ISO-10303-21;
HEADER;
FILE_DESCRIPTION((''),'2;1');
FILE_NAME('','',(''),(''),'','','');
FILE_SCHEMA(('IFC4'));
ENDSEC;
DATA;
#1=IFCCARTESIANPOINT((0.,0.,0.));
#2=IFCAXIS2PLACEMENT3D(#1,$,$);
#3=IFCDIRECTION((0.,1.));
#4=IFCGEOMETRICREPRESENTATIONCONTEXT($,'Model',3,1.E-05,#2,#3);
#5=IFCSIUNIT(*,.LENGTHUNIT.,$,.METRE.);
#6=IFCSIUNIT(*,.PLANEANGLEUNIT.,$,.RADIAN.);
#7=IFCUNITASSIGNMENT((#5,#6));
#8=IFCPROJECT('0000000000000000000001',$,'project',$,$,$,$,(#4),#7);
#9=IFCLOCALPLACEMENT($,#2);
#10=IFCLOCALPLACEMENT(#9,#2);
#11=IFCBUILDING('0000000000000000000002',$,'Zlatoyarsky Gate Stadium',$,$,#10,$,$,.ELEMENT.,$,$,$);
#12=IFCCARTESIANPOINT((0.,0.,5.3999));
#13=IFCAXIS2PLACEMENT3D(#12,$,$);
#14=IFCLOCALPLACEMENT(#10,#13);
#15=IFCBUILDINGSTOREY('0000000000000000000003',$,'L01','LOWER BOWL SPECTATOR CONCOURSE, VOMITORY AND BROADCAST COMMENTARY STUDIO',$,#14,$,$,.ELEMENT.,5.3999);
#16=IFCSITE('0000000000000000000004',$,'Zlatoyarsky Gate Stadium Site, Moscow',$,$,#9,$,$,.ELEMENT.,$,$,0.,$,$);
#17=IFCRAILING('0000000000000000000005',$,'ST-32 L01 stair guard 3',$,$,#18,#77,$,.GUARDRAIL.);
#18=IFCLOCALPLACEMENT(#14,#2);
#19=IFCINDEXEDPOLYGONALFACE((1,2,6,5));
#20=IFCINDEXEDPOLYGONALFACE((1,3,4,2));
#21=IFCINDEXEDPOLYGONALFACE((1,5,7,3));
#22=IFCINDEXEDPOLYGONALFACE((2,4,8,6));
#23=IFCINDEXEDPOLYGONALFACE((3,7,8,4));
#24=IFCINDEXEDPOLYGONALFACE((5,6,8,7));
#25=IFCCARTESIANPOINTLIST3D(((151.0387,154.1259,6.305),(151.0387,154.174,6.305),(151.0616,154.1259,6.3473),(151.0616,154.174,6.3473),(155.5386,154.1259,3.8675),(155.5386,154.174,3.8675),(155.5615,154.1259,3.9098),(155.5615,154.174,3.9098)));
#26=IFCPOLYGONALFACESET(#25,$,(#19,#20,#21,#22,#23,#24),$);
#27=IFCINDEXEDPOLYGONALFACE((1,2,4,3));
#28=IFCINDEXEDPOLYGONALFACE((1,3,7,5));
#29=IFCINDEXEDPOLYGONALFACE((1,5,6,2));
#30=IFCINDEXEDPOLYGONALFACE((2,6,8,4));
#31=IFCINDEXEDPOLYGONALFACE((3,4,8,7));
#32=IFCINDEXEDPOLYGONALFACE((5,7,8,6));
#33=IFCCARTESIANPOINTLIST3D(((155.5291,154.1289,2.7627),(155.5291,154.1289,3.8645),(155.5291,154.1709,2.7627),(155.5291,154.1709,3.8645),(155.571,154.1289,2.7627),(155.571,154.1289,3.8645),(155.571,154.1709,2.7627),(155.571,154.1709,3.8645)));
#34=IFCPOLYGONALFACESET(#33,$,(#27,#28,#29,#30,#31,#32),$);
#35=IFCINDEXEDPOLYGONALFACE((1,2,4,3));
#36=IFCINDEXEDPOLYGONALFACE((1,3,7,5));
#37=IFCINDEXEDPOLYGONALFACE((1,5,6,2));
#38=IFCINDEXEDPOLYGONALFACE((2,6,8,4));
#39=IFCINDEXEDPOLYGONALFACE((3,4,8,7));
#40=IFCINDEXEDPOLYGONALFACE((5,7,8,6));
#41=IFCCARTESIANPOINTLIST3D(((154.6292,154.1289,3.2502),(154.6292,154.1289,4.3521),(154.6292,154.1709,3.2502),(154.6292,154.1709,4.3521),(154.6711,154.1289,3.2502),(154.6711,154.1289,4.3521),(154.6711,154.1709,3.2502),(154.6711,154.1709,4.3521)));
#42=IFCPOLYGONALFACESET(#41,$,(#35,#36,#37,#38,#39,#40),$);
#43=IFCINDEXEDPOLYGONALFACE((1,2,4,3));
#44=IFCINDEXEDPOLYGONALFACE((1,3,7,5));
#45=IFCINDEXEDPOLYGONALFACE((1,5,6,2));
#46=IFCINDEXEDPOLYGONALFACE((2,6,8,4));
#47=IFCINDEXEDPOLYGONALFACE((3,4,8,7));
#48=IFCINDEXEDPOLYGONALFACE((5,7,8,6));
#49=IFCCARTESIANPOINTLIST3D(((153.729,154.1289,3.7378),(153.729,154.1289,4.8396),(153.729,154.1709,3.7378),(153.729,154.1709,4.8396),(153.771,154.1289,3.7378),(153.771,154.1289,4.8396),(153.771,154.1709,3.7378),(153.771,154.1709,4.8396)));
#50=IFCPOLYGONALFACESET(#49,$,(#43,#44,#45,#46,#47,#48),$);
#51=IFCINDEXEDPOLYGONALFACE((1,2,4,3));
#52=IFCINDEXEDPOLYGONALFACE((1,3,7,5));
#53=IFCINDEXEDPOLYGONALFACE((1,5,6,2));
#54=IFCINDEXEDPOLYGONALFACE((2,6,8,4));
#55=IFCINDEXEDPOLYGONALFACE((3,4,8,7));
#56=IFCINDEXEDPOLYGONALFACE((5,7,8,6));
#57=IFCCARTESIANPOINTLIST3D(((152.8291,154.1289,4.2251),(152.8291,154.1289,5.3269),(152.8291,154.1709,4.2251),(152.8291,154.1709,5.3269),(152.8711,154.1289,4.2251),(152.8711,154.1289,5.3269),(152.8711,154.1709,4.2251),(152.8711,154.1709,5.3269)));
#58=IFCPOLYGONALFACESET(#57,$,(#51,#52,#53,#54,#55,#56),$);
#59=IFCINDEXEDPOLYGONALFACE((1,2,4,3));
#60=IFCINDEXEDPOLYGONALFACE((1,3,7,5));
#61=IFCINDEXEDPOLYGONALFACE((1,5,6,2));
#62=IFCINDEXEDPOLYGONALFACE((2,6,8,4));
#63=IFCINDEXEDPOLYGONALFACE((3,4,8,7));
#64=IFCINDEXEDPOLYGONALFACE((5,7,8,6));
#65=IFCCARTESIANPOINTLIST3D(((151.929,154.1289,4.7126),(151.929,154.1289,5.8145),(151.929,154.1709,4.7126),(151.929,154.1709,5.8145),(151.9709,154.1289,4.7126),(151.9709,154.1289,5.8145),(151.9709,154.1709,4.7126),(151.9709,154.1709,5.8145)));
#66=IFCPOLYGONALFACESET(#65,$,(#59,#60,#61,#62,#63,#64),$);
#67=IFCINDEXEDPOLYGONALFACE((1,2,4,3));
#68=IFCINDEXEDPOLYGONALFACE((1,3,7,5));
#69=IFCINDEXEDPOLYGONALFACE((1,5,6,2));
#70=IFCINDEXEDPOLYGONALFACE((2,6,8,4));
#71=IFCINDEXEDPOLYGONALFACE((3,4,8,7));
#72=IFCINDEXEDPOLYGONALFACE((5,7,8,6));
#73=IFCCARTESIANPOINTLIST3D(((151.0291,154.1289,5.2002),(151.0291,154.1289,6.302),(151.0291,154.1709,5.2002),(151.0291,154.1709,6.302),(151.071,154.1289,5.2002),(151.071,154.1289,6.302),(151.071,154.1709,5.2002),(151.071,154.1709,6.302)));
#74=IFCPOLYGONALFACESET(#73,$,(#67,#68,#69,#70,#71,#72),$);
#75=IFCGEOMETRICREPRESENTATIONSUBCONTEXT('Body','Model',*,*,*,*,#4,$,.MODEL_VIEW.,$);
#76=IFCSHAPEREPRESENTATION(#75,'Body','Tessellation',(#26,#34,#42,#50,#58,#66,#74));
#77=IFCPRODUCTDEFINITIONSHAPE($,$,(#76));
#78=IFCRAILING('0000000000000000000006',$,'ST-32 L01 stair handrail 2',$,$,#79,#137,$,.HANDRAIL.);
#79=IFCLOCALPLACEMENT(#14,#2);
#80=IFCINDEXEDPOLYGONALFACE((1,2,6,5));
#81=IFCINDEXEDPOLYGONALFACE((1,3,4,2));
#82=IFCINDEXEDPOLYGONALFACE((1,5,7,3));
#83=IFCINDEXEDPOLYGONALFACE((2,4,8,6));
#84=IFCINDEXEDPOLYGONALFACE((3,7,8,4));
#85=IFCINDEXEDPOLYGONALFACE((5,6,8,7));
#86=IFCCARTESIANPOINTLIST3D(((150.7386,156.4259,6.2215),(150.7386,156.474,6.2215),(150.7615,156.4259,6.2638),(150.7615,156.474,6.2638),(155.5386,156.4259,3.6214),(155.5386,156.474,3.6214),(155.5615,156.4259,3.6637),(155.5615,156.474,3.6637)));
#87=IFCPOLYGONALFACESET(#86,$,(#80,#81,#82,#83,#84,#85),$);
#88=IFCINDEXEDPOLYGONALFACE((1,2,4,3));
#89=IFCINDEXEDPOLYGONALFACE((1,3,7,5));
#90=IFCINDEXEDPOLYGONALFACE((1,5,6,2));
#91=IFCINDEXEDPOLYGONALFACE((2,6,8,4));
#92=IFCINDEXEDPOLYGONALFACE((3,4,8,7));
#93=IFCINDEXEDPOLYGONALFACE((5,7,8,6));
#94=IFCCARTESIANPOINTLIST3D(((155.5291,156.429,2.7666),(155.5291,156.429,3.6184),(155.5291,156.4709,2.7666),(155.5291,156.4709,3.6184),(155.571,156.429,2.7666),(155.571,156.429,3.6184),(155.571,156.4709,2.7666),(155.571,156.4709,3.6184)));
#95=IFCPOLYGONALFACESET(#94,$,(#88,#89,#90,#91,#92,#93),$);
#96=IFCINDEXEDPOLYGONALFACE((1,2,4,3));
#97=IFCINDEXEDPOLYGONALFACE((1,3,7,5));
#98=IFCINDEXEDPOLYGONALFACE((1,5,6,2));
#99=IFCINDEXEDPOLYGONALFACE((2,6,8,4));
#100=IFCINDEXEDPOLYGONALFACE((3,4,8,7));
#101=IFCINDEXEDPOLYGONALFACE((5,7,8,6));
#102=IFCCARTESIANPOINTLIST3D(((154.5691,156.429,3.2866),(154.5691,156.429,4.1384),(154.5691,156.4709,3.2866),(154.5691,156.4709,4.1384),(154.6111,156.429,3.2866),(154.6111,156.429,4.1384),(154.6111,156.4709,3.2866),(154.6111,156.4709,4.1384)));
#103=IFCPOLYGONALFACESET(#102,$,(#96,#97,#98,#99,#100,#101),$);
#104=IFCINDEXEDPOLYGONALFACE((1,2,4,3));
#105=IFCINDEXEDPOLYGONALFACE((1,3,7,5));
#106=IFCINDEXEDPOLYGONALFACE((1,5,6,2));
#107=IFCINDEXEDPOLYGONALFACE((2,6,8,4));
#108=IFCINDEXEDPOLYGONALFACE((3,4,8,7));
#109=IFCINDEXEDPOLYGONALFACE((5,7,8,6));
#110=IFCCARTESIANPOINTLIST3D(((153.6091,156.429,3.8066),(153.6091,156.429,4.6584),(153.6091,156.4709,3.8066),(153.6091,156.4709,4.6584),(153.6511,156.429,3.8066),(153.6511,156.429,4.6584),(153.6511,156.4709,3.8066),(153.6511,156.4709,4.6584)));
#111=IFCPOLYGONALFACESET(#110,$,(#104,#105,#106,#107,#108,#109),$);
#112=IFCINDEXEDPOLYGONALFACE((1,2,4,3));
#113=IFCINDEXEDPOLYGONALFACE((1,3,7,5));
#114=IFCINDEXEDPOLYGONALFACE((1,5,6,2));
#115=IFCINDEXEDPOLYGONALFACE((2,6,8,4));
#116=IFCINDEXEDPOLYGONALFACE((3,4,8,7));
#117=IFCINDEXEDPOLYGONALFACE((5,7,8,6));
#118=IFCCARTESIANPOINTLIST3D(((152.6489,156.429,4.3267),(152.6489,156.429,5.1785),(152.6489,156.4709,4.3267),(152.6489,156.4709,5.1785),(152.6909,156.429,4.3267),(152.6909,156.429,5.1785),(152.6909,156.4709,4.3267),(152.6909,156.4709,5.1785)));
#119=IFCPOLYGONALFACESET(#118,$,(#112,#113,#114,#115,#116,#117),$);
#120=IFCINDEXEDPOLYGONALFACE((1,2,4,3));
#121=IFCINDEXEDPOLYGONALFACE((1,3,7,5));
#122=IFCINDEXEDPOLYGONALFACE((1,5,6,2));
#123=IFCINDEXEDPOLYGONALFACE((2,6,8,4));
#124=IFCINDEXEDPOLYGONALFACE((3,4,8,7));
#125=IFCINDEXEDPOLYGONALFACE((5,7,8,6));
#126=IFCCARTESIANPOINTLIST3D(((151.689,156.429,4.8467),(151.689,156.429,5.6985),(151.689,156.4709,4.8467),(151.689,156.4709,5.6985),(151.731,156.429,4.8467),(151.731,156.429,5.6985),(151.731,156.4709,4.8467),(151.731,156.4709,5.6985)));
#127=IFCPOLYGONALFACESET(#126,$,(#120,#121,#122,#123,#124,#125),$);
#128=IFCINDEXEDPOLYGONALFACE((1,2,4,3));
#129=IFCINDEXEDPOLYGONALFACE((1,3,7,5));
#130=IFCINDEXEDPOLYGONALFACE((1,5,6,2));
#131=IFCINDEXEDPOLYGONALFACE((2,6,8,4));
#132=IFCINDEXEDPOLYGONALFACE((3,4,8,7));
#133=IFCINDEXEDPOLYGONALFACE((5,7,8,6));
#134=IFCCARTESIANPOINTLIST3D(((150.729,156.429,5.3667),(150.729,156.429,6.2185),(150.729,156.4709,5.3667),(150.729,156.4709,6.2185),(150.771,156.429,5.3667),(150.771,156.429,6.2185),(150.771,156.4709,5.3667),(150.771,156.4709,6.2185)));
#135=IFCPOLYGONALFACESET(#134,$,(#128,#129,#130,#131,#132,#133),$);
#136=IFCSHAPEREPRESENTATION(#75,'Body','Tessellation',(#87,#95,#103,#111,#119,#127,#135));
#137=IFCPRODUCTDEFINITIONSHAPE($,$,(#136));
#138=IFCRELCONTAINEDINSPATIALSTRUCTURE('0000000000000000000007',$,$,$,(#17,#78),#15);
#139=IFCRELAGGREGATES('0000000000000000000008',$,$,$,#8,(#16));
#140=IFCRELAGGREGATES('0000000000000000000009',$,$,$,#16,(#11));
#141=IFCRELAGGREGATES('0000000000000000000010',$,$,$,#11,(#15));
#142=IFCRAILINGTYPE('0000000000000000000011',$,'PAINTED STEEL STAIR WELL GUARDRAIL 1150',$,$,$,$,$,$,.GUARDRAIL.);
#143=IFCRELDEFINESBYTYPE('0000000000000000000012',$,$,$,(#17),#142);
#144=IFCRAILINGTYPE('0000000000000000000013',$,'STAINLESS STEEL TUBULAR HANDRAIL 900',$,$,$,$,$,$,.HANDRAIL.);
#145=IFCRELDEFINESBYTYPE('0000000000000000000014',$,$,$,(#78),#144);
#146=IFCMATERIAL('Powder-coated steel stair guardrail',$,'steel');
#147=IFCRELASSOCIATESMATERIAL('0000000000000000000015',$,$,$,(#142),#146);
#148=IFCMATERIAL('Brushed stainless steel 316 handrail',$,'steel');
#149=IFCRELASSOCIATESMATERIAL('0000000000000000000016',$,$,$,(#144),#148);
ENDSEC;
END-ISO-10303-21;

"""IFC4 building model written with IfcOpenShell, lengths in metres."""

from ifc_helpers import new_model, si_unit, direction, frame, origin, origin_2d, place, context, subcontext, project, spatial, rectangle, extrude, material, type_object, element, save


model = new_model("IFC4")

# Units and contexts
model_context = context("Model", 3, precision=1e-05, world=origin(), true_north=direction((0.0, 1.0)))
body_context = subcontext(model_context, "Body", "Model", "MODEL_VIEW")
ifc_project = project(units=[si_unit("LENGTHUNIT", "METRE"), si_unit("PLANEANGLEUNIT", "RADIAN")], contexts=[model_context])

# Site, building, storey
site_placement = place(None, origin())
site = spatial("IfcSite", under=ifc_project, at=site_placement, Name="Zlatoyarsky Gate Stadium Site, Moscow", CompositionType="ELEMENT", RefElevation=0.0)
building_placement = place(site_placement, origin())
building = spatial("IfcBuilding", under=site, at=building_placement, Name="Zlatoyarsky Gate Stadium", CompositionType="ELEMENT")
storey_placement = place(building_placement, frame((0.0, 0.0, 5.3999)))
storey = spatial("IfcBuildingStorey", under=building, at=storey_placement, Name="L01", Description="LOWER BOWL SPECTATOR CONCOURSE, VOMITORY AND BROADCAST COMMENTARY STUDIO", CompositionType="ELEMENT", Elevation=5.3999)

# Railings
ifc_material_1 = material(Name="Powder-coated steel stair guardrail", Category="steel")
railing_type_1 = type_object("IfcRailingType", Name="PAINTED STEEL STAIR WELL GUARDRAIL 1150", PredefinedType="GUARDRAIL", material=ifc_material_1)
railing_1_placement = place(storey_placement, frame((155.55, 154.1499, 2.7627)))
element("IfcRailing", 1, at=railing_1_placement, inside=storey, type_object=railing_type_1, Name="ST-32 L01 stair guard 3", PredefinedType="GUARDRAIL", context=body_context, shape_type="SweptSolid", body=[
    extrude(rectangle(XDim=0.0481, YDim=0.0481, at=origin_2d()), frame((0.0, 0.0, 1.126), z_axis=(-0.879292, 0.0, 0.476283), x_axis=(0.0, -1.0, 0.0)), (0.0, 0.0, 1.0), 5.1177),
    extrude(rectangle(XDim=0.042, YDim=0.042, at=origin_2d()), origin(), (0.0, 0.0, 1.0), 1.1018),
    extrude(rectangle(XDim=0.042, YDim=0.042, at=origin_2d()), frame((-0.8999, 0.0, 0.4875)), (0.0, 0.0, 1.0), 1.1018),
    extrude(rectangle(XDim=0.042, YDim=0.042, at=origin_2d()), frame((-1.8, 0.0, 0.9751)), (0.0, 0.0, 1.0), 1.1018),
    extrude(rectangle(XDim=0.042, YDim=0.042, at=origin_2d()), frame((-2.7, 0.0, 1.4624)), (0.0, 0.0, 1.0), 1.1018),
    extrude(rectangle(XDim=0.042, YDim=0.042, at=origin_2d()), frame((-3.6001, 0.0, 1.95)), (0.0, 0.0, 1.0), 1.1018),
    extrude(rectangle(XDim=0.042, YDim=0.042, at=origin_2d()), frame((-4.5, 0.0, 2.4375)), (0.0, 0.0, 1.0), 1.1018),
])
ifc_material_2 = material(Name="Brushed stainless steel 316 handrail", Category="steel")
railing_type_2 = type_object("IfcRailingType", Name="STAINLESS STEEL TUBULAR HANDRAIL 900", PredefinedType="HANDRAIL", material=ifc_material_2)
railing_2_placement = place(storey_placement, frame((155.55, 156.45, 2.7666)))
element("IfcRailing", 2, at=railing_2_placement, inside=storey, type_object=railing_type_2, Name="ST-32 L01 stair handrail 2", PredefinedType="HANDRAIL", context=body_context, shape_type="SweptSolid", body=[
    extrude(rectangle(XDim=0.0481, YDim=0.0481, at=origin_2d()), frame((0.0, 0.0, 0.876), z_axis=(-0.879287, 0.0, 0.476293), x_axis=(0.0, -1.0, 0.0)), (0.0, 0.0, 1.0), 5.459),
    extrude(rectangle(XDim=0.042, YDim=0.042, at=origin_2d()), origin(), (0.0, 0.0, 1.0), 0.8518),
    extrude(rectangle(XDim=0.042, YDim=0.042, at=origin_2d()), frame((-0.96, 0.0, 0.52)), (0.0, 0.0, 1.0), 0.8518),
    extrude(rectangle(XDim=0.042, YDim=0.042, at=origin_2d()), frame((-1.9199, 0.0, 1.04)), (0.0, 0.0, 1.0), 0.8518),
    extrude(rectangle(XDim=0.042, YDim=0.042, at=origin_2d()), frame((-2.8801, 0.0, 1.5601)), (0.0, 0.0, 1.0), 0.8518),
    extrude(rectangle(XDim=0.042, YDim=0.042, at=origin_2d()), frame((-3.8401, 0.0, 2.0801)), (0.0, 0.0, 1.0), 0.8518),
    extrude(rectangle(XDim=0.042, YDim=0.042, at=origin_2d()), frame((-4.8, 0.0, 2.6001)), (0.0, 0.0, 1.0), 0.8518),
])

save(model, "model.ifc")
